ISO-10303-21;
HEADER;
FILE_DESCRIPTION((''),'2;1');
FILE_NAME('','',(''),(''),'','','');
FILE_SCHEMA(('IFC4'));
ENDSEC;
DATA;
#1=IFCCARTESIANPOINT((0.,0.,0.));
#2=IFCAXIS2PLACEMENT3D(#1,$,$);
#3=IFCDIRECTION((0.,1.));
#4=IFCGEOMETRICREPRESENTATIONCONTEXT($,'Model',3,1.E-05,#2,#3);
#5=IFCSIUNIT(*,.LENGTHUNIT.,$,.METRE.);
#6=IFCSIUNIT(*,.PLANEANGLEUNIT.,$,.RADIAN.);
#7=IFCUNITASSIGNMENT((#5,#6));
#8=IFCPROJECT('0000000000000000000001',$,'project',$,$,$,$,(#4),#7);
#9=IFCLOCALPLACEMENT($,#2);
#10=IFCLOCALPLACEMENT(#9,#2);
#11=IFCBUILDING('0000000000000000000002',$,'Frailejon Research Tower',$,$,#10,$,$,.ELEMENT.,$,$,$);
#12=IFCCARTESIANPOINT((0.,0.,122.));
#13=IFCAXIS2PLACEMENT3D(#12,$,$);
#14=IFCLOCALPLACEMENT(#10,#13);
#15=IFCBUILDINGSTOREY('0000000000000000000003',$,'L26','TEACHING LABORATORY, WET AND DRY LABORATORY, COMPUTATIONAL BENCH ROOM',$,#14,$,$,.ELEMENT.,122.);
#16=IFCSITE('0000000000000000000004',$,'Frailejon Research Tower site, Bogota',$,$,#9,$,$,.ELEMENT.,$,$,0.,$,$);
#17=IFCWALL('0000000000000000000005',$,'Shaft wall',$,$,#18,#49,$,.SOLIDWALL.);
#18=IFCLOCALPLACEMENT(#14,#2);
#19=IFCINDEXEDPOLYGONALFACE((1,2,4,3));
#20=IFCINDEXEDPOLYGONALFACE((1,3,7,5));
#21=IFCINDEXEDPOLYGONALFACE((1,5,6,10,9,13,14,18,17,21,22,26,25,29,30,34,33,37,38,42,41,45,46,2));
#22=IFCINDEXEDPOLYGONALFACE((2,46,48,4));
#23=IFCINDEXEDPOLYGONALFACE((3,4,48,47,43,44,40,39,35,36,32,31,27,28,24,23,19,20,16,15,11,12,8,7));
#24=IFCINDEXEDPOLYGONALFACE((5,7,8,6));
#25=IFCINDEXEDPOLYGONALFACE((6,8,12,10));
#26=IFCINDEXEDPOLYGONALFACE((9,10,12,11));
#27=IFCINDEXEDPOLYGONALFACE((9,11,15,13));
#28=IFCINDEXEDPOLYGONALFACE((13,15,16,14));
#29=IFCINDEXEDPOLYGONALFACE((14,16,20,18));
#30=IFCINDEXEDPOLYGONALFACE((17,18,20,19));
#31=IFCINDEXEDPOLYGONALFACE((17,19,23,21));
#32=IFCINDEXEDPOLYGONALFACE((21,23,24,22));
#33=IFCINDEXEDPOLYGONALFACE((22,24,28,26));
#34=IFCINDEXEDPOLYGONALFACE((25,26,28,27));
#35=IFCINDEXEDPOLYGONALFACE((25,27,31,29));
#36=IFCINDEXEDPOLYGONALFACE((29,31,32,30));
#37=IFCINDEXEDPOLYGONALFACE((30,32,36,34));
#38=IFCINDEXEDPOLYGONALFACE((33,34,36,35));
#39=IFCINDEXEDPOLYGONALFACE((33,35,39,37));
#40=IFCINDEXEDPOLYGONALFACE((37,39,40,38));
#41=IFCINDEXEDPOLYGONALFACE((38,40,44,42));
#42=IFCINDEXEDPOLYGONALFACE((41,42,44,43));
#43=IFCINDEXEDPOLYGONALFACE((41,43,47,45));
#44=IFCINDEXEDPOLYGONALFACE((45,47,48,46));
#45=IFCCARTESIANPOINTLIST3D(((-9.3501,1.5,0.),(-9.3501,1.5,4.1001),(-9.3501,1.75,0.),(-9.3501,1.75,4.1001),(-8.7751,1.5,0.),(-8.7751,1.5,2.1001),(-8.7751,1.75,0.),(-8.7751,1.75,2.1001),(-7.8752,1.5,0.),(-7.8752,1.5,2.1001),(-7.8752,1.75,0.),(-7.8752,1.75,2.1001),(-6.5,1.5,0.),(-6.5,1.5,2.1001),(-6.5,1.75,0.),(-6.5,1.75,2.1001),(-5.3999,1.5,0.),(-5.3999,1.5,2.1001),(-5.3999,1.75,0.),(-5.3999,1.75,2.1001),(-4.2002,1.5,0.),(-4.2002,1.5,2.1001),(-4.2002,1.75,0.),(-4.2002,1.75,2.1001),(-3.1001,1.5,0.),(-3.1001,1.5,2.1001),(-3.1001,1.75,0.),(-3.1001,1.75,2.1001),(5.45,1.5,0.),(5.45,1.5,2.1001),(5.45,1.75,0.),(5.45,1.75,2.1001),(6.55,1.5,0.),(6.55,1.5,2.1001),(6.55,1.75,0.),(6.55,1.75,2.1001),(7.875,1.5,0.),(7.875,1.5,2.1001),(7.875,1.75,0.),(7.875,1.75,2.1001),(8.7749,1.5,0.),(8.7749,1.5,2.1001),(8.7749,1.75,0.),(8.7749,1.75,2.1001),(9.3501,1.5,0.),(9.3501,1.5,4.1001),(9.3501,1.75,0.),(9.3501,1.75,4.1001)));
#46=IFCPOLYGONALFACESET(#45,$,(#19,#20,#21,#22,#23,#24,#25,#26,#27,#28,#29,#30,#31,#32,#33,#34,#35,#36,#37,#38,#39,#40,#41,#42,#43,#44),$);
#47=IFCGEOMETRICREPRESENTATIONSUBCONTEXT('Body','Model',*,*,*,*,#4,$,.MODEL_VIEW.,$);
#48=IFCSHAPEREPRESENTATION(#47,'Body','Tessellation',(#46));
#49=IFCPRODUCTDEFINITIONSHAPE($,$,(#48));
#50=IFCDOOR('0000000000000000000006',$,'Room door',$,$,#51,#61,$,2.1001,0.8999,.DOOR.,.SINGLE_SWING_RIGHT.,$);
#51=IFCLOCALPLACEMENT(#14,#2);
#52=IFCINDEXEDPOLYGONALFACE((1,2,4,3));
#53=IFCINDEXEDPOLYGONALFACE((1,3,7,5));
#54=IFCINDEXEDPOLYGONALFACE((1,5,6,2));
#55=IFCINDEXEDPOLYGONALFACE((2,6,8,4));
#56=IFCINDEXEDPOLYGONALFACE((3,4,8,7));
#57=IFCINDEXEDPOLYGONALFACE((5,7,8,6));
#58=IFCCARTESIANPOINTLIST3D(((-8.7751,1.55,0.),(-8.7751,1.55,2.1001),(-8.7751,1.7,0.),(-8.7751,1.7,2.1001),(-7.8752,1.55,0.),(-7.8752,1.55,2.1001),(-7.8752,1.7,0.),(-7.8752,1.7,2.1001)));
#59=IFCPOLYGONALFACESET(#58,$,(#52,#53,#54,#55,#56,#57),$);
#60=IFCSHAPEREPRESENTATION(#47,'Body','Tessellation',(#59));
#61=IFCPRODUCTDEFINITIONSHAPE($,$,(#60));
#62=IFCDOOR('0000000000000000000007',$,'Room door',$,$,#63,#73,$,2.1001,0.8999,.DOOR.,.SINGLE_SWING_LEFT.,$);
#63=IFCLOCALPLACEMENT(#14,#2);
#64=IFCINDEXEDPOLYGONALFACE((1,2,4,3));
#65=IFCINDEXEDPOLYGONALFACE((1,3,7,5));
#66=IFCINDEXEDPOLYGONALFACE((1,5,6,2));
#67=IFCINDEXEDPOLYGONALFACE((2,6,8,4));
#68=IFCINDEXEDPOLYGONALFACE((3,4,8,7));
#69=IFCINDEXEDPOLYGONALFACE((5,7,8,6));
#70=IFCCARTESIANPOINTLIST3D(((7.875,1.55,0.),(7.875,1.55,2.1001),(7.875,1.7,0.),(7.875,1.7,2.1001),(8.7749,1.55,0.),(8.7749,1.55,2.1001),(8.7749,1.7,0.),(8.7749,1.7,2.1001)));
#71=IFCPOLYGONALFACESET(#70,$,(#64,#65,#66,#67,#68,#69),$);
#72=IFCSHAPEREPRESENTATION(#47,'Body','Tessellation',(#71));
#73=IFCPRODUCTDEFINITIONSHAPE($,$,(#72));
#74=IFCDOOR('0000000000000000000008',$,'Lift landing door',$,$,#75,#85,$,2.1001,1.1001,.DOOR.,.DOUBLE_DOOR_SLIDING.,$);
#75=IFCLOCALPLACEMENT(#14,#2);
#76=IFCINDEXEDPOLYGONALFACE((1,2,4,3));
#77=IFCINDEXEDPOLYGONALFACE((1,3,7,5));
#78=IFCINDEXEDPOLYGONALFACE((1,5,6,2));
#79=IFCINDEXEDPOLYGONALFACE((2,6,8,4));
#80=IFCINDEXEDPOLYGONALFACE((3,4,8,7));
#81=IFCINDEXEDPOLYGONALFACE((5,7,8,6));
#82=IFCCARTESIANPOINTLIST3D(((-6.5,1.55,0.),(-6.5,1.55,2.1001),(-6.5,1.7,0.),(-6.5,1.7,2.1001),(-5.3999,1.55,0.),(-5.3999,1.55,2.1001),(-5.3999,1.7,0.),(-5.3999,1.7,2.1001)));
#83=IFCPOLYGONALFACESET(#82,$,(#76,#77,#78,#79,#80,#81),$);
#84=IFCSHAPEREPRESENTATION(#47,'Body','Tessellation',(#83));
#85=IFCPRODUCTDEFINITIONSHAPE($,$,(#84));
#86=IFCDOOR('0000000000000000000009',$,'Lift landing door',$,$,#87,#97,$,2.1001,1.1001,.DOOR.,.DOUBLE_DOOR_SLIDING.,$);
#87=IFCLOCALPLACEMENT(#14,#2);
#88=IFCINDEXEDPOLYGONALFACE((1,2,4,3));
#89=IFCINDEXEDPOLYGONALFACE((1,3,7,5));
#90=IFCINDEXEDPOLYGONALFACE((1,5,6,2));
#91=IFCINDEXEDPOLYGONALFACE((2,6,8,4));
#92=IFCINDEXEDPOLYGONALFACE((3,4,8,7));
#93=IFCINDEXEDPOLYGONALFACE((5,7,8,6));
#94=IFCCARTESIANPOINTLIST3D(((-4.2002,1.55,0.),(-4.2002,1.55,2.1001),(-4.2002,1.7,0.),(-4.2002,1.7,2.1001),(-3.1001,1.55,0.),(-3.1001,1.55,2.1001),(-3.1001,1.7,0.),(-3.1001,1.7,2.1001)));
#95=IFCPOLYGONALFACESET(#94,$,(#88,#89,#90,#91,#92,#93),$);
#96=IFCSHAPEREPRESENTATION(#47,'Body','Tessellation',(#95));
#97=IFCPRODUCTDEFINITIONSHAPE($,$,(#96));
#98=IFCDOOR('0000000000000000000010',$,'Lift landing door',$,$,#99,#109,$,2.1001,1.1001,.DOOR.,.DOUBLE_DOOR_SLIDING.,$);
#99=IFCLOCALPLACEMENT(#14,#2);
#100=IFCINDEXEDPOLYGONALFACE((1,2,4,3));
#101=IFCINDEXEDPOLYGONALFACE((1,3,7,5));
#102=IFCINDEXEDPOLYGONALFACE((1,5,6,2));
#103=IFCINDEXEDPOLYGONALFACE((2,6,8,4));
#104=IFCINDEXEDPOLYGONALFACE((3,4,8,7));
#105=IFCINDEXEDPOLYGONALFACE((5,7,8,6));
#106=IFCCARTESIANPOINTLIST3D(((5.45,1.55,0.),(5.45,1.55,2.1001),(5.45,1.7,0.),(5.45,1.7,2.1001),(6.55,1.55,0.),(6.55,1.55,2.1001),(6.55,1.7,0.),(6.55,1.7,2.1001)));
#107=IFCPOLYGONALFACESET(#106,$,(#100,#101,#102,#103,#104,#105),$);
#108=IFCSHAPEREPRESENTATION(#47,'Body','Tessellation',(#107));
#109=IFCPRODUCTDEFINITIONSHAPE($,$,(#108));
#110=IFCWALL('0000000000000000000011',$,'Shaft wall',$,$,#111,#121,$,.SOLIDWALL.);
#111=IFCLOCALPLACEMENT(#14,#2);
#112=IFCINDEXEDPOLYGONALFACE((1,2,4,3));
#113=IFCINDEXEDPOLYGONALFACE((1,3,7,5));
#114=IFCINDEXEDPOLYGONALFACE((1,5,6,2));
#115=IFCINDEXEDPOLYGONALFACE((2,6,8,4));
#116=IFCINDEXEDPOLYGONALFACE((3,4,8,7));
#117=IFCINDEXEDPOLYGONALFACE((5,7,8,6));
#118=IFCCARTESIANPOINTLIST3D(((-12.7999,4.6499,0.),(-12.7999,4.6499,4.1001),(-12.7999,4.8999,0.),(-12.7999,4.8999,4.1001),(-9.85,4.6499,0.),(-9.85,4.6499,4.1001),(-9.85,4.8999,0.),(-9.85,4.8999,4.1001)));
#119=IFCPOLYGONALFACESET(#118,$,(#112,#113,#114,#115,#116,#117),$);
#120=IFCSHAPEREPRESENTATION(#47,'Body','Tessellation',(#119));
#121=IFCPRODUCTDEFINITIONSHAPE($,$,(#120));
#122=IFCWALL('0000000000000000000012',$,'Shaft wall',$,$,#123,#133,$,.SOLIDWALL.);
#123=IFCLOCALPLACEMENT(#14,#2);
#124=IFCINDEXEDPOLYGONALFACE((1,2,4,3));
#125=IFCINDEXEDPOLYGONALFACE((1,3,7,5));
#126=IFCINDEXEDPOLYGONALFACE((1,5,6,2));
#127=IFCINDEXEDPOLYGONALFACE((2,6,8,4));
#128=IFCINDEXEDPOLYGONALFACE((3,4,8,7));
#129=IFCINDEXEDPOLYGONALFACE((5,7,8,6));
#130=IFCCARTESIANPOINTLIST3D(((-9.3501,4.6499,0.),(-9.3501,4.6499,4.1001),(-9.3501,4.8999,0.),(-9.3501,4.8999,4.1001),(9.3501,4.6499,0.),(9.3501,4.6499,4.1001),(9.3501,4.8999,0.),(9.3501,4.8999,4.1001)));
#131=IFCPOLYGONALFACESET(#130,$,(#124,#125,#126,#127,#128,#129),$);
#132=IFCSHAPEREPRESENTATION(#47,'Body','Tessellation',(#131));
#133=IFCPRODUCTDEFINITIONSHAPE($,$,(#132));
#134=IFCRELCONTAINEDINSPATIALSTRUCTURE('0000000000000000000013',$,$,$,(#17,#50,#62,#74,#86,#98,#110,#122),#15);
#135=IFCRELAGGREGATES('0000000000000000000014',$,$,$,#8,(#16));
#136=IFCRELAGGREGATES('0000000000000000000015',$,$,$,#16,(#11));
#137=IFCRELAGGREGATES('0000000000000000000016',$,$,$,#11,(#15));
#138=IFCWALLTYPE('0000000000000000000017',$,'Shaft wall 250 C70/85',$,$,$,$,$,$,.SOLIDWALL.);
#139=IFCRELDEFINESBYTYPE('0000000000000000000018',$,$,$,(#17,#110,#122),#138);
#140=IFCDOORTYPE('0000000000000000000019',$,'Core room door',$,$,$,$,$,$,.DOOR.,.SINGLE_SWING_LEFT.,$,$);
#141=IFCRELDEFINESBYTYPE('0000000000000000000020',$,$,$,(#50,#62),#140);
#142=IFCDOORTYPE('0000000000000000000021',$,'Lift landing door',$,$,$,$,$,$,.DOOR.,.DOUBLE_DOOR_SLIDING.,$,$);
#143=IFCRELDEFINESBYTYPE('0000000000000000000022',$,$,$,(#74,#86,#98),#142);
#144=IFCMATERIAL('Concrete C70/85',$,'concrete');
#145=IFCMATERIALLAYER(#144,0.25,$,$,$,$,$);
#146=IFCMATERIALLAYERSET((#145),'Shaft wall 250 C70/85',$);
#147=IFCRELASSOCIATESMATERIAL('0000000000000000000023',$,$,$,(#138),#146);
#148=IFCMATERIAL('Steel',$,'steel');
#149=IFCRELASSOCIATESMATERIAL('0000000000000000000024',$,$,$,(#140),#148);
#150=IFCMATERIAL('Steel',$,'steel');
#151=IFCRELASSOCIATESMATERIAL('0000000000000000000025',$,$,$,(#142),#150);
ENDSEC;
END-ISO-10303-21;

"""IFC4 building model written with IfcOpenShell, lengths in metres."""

from ifc_helpers import new_model, si_unit, direction, frame, frame_2d, origin, place, context, subcontext, project, spatial, rectangle, extrude, material, layer, layer_set, type_object, element, fill, save


model = new_model("IFC4")

# Units and contexts
model_context = context("Model", 3, precision=1e-05, world=origin(), true_north=direction((0.0, 1.0)))
body_context = subcontext(model_context, "Body", "Model", "MODEL_VIEW")
ifc_project = project(units=[si_unit("LENGTHUNIT", "METRE"), si_unit("PLANEANGLEUNIT", "RADIAN")], contexts=[model_context])

# Site, building, storey
site_placement = place(None, origin())
site = spatial("IfcSite", under=ifc_project, at=site_placement, Name="Frailejon Research Tower site, Bogota", CompositionType="ELEMENT", RefElevation=0.0)
building_placement = place(site_placement, origin())
building = spatial("IfcBuilding", under=site, at=building_placement, Name="Frailejon Research Tower", CompositionType="ELEMENT")
storey_placement = place(building_placement, frame((0.0, 0.0, 122.0)))
storey = spatial("IfcBuildingStorey", under=building, at=storey_placement, Name="L26", Description="TEACHING LABORATORY, WET AND DRY LABORATORY, COMPUTATIONAL BENCH ROOM", CompositionType="ELEMENT", Elevation=122.0)

# Wall, openings, doors
ifc_material_1 = material(Name="Concrete C70/85", Category="concrete")
ifc_layer_1 = layer(ifc_material_1, 0.25)
ifc_layer_set_1 = layer_set([ifc_layer_1], Name="Shaft wall 250 C70/85")
wall_type_1 = type_object("IfcWallType", Name="Shaft wall 250 C70/85", PredefinedType="SOLIDWALL", material=ifc_layer_set_1)
ifc_material_2 = material(Name="Steel", Category="steel")
door_type_1 = type_object("IfcDoorType", Name="Core room door", OperationType="SINGLE_SWING_LEFT", PredefinedType="DOOR", material=ifc_material_2)
wall_1_placement = place(storey_placement, frame((-9.3501, 1.625, 0.0), z_axis=(0.0, 0.0, 1.0), x_axis=(1.0, 0.0, 0.0)))
wall_1 = element("IfcWall", 1, at=wall_1_placement, inside=storey, type_object=wall_type_1, Name="Shaft wall", PredefinedType="SOLIDWALL", context=body_context, shape_type="SweptSolid", body=[
    extrude(rectangle(XDim=18.7002, YDim=0.25, at=frame_2d((9.3501, 0.0))), origin(), (0.0, 0.0, 1.0), 4.1001),
])
opening_1_placement = place(wall_1_placement, frame((2.8501, 0.0, 0.0)))
opening_1 = element("IfcOpeningElement", 2, at=opening_1_placement, cuts=wall_1, PredefinedType="OPENING", context=body_context, shape_type="SweptSolid", body=[
    extrude(rectangle(XDim=1.1001, YDim=2.1001, at=frame_2d((0.55, 1.05))), frame((0.0, 0.135, 0.0), z_axis=(0.0, -1.0, 0.0), x_axis=(1.0, 0.0, 0.0)), (0.0, 0.0, 1.0), 0.27),
])
opening_2_placement = place(wall_1_placement, frame((5.1499, 0.0, 0.0)))
opening_2 = element("IfcOpeningElement", 3, at=opening_2_placement, cuts=wall_1, PredefinedType="OPENING", context=body_context, shape_type="SweptSolid", body=[
    extrude(rectangle(XDim=1.1001, YDim=2.1001, at=frame_2d((0.55, 1.05))), frame((0.0, 0.135, 0.0), z_axis=(0.0, -1.0, 0.0), x_axis=(1.0, 0.0, 0.0)), (0.0, 0.0, 1.0), 0.27),
])
opening_3_placement = place(wall_1_placement, frame((14.8, 0.0, 0.0)))
opening_3 = element("IfcOpeningElement", 4, at=opening_3_placement, cuts=wall_1, PredefinedType="OPENING", context=body_context, shape_type="SweptSolid", body=[
    extrude(rectangle(XDim=1.1001, YDim=2.1001, at=frame_2d((0.55, 1.05))), frame((0.0, 0.135, 0.0), z_axis=(0.0, -1.0, 0.0), x_axis=(1.0, 0.0, 0.0)), (0.0, 0.0, 1.0), 0.27),
])
opening_4_placement = place(wall_1_placement, frame((0.575, 0.0, 0.0)))
opening_4 = element("IfcOpeningElement", 5, at=opening_4_placement, cuts=wall_1, PredefinedType="OPENING", context=body_context, shape_type="SweptSolid", body=[
    extrude(rectangle(XDim=0.8999, YDim=2.1001, at=frame_2d((0.45, 1.05))), frame((0.0, 0.135, 0.0), z_axis=(0.0, -1.0, 0.0), x_axis=(1.0, 0.0, 0.0)), (0.0, 0.0, 1.0), 0.27),
])
opening_5_placement = place(wall_1_placement, frame((17.2251, 0.0, 0.0)))
opening_5 = element("IfcOpeningElement", 6, at=opening_5_placement, cuts=wall_1, PredefinedType="OPENING", context=body_context, shape_type="SweptSolid", body=[
    extrude(rectangle(XDim=0.8999, YDim=2.1001, at=frame_2d((0.45, 1.05))), frame((0.0, 0.135, 0.0), z_axis=(0.0, -1.0, 0.0), x_axis=(1.0, 0.0, 0.0)), (0.0, 0.0, 1.0), 0.27),
])
door_1_placement = place(opening_4_placement, origin())
door_1 = element("IfcDoor", 7, at=door_1_placement, inside=storey, type_object=door_type_1, Name="Room door", OperationType="SINGLE_SWING_RIGHT", OverallHeight=2.1001, OverallWidth=0.8999, PredefinedType="DOOR", context=body_context, shape_type="SweptSolid", body=[
    extrude(rectangle(XDim=0.8999, YDim=2.1001, at=frame_2d((0.45, 1.05))), frame((0.0, 0.075, 0.0), z_axis=(0.0, -1.0, 0.0), x_axis=(1.0, 0.0, 0.0)), (0.0, 0.0, 1.0), 0.1499),
])
fill(opening_4, door_1)
door_2_placement = place(opening_5_placement, origin())
door_2 = element("IfcDoor", 8, at=door_2_placement, inside=storey, type_object=door_type_1, Name="Room door", OperationType="SINGLE_SWING_LEFT", OverallHeight=2.1001, OverallWidth=0.8999, PredefinedType="DOOR", context=body_context, shape_type="SweptSolid", body=[
    extrude(rectangle(XDim=0.8999, YDim=2.1001, at=frame_2d((0.45, 1.05))), frame((0.0, 0.075, 0.0), z_axis=(0.0, -1.0, 0.0), x_axis=(1.0, 0.0, 0.0)), (0.0, 0.0, 1.0), 0.1499),
])
fill(opening_5, door_2)
ifc_material_3 = material(Name="Steel", Category="steel")
door_type_2 = type_object("IfcDoorType", Name="Lift landing door", OperationType="DOUBLE_DOOR_SLIDING", PredefinedType="DOOR", material=ifc_material_3)
door_3_placement = place(opening_1_placement, origin())
door_3 = element("IfcDoor", 9, at=door_3_placement, inside=storey, type_object=door_type_2, Name="Lift landing door", OperationType="DOUBLE_DOOR_SLIDING", OverallHeight=2.1001, OverallWidth=1.1001, PredefinedType="DOOR", context=body_context, shape_type="SweptSolid", body=[
    extrude(rectangle(XDim=1.1001, YDim=2.1001, at=frame_2d((0.55, 1.05))), frame((0.0, 0.075, 0.0), z_axis=(0.0, -1.0, 0.0), x_axis=(1.0, 0.0, 0.0)), (0.0, 0.0, 1.0), 0.1499),
])
fill(opening_1, door_3)
door_4_placement = place(opening_2_placement, origin())
door_4 = element("IfcDoor", 10, at=door_4_placement, inside=storey, type_object=door_type_2, Name="Lift landing door", OperationType="DOUBLE_DOOR_SLIDING", OverallHeight=2.1001, OverallWidth=1.1001, PredefinedType="DOOR", context=body_context, shape_type="SweptSolid", body=[
    extrude(rectangle(XDim=1.1001, YDim=2.1001, at=frame_2d((0.55, 1.05))), frame((0.0, 0.075, 0.0), z_axis=(0.0, -1.0, 0.0), x_axis=(1.0, 0.0, 0.0)), (0.0, 0.0, 1.0), 0.1499),
])
fill(opening_2, door_4)
door_5_placement = place(opening_3_placement, origin())
door_5 = element("IfcDoor", 11, at=door_5_placement, inside=storey, type_object=door_type_2, Name="Lift landing door", OperationType="DOUBLE_DOOR_SLIDING", OverallHeight=2.1001, OverallWidth=1.1001, PredefinedType="DOOR", context=body_context, shape_type="SweptSolid", body=[
    extrude(rectangle(XDim=1.1001, YDim=2.1001, at=frame_2d((0.55, 1.05))), frame((0.0, 0.075, 0.0), z_axis=(0.0, -1.0, 0.0), x_axis=(1.0, 0.0, 0.0)), (0.0, 0.0, 1.0), 0.1499),
])
fill(opening_3, door_5)

# Walls
wall_2_placement = place(storey_placement, frame((-12.8, 4.7749, 0.0), z_axis=(0.0, 0.0, 1.0), x_axis=(1.0, 0.0, 0.0)))
element("IfcWall", 12, at=wall_2_placement, inside=storey, type_object=wall_type_1, Name="Shaft wall", PredefinedType="SOLIDWALL", context=body_context, shape_type="SweptSolid", body=[
    extrude(rectangle(XDim=2.95, YDim=0.25, at=frame_2d((1.4751, 0.0))), origin(), (0.0, 0.0, 1.0), 4.1001),
])
wall_3_placement = place(storey_placement, frame((-9.3501, 4.7749, 0.0), z_axis=(0.0, 0.0, 1.0), x_axis=(1.0, 0.0, 0.0)))
element("IfcWall", 13, at=wall_3_placement, inside=storey, type_object=wall_type_1, Name="Shaft wall", PredefinedType="SOLIDWALL", context=body_context, shape_type="SweptSolid", body=[
    extrude(rectangle(XDim=18.7002, YDim=0.25, at=frame_2d((9.3501, 0.0))), origin(), (0.0, 0.0, 1.0), 4.1001),
])

save(model, "model.ifc")
